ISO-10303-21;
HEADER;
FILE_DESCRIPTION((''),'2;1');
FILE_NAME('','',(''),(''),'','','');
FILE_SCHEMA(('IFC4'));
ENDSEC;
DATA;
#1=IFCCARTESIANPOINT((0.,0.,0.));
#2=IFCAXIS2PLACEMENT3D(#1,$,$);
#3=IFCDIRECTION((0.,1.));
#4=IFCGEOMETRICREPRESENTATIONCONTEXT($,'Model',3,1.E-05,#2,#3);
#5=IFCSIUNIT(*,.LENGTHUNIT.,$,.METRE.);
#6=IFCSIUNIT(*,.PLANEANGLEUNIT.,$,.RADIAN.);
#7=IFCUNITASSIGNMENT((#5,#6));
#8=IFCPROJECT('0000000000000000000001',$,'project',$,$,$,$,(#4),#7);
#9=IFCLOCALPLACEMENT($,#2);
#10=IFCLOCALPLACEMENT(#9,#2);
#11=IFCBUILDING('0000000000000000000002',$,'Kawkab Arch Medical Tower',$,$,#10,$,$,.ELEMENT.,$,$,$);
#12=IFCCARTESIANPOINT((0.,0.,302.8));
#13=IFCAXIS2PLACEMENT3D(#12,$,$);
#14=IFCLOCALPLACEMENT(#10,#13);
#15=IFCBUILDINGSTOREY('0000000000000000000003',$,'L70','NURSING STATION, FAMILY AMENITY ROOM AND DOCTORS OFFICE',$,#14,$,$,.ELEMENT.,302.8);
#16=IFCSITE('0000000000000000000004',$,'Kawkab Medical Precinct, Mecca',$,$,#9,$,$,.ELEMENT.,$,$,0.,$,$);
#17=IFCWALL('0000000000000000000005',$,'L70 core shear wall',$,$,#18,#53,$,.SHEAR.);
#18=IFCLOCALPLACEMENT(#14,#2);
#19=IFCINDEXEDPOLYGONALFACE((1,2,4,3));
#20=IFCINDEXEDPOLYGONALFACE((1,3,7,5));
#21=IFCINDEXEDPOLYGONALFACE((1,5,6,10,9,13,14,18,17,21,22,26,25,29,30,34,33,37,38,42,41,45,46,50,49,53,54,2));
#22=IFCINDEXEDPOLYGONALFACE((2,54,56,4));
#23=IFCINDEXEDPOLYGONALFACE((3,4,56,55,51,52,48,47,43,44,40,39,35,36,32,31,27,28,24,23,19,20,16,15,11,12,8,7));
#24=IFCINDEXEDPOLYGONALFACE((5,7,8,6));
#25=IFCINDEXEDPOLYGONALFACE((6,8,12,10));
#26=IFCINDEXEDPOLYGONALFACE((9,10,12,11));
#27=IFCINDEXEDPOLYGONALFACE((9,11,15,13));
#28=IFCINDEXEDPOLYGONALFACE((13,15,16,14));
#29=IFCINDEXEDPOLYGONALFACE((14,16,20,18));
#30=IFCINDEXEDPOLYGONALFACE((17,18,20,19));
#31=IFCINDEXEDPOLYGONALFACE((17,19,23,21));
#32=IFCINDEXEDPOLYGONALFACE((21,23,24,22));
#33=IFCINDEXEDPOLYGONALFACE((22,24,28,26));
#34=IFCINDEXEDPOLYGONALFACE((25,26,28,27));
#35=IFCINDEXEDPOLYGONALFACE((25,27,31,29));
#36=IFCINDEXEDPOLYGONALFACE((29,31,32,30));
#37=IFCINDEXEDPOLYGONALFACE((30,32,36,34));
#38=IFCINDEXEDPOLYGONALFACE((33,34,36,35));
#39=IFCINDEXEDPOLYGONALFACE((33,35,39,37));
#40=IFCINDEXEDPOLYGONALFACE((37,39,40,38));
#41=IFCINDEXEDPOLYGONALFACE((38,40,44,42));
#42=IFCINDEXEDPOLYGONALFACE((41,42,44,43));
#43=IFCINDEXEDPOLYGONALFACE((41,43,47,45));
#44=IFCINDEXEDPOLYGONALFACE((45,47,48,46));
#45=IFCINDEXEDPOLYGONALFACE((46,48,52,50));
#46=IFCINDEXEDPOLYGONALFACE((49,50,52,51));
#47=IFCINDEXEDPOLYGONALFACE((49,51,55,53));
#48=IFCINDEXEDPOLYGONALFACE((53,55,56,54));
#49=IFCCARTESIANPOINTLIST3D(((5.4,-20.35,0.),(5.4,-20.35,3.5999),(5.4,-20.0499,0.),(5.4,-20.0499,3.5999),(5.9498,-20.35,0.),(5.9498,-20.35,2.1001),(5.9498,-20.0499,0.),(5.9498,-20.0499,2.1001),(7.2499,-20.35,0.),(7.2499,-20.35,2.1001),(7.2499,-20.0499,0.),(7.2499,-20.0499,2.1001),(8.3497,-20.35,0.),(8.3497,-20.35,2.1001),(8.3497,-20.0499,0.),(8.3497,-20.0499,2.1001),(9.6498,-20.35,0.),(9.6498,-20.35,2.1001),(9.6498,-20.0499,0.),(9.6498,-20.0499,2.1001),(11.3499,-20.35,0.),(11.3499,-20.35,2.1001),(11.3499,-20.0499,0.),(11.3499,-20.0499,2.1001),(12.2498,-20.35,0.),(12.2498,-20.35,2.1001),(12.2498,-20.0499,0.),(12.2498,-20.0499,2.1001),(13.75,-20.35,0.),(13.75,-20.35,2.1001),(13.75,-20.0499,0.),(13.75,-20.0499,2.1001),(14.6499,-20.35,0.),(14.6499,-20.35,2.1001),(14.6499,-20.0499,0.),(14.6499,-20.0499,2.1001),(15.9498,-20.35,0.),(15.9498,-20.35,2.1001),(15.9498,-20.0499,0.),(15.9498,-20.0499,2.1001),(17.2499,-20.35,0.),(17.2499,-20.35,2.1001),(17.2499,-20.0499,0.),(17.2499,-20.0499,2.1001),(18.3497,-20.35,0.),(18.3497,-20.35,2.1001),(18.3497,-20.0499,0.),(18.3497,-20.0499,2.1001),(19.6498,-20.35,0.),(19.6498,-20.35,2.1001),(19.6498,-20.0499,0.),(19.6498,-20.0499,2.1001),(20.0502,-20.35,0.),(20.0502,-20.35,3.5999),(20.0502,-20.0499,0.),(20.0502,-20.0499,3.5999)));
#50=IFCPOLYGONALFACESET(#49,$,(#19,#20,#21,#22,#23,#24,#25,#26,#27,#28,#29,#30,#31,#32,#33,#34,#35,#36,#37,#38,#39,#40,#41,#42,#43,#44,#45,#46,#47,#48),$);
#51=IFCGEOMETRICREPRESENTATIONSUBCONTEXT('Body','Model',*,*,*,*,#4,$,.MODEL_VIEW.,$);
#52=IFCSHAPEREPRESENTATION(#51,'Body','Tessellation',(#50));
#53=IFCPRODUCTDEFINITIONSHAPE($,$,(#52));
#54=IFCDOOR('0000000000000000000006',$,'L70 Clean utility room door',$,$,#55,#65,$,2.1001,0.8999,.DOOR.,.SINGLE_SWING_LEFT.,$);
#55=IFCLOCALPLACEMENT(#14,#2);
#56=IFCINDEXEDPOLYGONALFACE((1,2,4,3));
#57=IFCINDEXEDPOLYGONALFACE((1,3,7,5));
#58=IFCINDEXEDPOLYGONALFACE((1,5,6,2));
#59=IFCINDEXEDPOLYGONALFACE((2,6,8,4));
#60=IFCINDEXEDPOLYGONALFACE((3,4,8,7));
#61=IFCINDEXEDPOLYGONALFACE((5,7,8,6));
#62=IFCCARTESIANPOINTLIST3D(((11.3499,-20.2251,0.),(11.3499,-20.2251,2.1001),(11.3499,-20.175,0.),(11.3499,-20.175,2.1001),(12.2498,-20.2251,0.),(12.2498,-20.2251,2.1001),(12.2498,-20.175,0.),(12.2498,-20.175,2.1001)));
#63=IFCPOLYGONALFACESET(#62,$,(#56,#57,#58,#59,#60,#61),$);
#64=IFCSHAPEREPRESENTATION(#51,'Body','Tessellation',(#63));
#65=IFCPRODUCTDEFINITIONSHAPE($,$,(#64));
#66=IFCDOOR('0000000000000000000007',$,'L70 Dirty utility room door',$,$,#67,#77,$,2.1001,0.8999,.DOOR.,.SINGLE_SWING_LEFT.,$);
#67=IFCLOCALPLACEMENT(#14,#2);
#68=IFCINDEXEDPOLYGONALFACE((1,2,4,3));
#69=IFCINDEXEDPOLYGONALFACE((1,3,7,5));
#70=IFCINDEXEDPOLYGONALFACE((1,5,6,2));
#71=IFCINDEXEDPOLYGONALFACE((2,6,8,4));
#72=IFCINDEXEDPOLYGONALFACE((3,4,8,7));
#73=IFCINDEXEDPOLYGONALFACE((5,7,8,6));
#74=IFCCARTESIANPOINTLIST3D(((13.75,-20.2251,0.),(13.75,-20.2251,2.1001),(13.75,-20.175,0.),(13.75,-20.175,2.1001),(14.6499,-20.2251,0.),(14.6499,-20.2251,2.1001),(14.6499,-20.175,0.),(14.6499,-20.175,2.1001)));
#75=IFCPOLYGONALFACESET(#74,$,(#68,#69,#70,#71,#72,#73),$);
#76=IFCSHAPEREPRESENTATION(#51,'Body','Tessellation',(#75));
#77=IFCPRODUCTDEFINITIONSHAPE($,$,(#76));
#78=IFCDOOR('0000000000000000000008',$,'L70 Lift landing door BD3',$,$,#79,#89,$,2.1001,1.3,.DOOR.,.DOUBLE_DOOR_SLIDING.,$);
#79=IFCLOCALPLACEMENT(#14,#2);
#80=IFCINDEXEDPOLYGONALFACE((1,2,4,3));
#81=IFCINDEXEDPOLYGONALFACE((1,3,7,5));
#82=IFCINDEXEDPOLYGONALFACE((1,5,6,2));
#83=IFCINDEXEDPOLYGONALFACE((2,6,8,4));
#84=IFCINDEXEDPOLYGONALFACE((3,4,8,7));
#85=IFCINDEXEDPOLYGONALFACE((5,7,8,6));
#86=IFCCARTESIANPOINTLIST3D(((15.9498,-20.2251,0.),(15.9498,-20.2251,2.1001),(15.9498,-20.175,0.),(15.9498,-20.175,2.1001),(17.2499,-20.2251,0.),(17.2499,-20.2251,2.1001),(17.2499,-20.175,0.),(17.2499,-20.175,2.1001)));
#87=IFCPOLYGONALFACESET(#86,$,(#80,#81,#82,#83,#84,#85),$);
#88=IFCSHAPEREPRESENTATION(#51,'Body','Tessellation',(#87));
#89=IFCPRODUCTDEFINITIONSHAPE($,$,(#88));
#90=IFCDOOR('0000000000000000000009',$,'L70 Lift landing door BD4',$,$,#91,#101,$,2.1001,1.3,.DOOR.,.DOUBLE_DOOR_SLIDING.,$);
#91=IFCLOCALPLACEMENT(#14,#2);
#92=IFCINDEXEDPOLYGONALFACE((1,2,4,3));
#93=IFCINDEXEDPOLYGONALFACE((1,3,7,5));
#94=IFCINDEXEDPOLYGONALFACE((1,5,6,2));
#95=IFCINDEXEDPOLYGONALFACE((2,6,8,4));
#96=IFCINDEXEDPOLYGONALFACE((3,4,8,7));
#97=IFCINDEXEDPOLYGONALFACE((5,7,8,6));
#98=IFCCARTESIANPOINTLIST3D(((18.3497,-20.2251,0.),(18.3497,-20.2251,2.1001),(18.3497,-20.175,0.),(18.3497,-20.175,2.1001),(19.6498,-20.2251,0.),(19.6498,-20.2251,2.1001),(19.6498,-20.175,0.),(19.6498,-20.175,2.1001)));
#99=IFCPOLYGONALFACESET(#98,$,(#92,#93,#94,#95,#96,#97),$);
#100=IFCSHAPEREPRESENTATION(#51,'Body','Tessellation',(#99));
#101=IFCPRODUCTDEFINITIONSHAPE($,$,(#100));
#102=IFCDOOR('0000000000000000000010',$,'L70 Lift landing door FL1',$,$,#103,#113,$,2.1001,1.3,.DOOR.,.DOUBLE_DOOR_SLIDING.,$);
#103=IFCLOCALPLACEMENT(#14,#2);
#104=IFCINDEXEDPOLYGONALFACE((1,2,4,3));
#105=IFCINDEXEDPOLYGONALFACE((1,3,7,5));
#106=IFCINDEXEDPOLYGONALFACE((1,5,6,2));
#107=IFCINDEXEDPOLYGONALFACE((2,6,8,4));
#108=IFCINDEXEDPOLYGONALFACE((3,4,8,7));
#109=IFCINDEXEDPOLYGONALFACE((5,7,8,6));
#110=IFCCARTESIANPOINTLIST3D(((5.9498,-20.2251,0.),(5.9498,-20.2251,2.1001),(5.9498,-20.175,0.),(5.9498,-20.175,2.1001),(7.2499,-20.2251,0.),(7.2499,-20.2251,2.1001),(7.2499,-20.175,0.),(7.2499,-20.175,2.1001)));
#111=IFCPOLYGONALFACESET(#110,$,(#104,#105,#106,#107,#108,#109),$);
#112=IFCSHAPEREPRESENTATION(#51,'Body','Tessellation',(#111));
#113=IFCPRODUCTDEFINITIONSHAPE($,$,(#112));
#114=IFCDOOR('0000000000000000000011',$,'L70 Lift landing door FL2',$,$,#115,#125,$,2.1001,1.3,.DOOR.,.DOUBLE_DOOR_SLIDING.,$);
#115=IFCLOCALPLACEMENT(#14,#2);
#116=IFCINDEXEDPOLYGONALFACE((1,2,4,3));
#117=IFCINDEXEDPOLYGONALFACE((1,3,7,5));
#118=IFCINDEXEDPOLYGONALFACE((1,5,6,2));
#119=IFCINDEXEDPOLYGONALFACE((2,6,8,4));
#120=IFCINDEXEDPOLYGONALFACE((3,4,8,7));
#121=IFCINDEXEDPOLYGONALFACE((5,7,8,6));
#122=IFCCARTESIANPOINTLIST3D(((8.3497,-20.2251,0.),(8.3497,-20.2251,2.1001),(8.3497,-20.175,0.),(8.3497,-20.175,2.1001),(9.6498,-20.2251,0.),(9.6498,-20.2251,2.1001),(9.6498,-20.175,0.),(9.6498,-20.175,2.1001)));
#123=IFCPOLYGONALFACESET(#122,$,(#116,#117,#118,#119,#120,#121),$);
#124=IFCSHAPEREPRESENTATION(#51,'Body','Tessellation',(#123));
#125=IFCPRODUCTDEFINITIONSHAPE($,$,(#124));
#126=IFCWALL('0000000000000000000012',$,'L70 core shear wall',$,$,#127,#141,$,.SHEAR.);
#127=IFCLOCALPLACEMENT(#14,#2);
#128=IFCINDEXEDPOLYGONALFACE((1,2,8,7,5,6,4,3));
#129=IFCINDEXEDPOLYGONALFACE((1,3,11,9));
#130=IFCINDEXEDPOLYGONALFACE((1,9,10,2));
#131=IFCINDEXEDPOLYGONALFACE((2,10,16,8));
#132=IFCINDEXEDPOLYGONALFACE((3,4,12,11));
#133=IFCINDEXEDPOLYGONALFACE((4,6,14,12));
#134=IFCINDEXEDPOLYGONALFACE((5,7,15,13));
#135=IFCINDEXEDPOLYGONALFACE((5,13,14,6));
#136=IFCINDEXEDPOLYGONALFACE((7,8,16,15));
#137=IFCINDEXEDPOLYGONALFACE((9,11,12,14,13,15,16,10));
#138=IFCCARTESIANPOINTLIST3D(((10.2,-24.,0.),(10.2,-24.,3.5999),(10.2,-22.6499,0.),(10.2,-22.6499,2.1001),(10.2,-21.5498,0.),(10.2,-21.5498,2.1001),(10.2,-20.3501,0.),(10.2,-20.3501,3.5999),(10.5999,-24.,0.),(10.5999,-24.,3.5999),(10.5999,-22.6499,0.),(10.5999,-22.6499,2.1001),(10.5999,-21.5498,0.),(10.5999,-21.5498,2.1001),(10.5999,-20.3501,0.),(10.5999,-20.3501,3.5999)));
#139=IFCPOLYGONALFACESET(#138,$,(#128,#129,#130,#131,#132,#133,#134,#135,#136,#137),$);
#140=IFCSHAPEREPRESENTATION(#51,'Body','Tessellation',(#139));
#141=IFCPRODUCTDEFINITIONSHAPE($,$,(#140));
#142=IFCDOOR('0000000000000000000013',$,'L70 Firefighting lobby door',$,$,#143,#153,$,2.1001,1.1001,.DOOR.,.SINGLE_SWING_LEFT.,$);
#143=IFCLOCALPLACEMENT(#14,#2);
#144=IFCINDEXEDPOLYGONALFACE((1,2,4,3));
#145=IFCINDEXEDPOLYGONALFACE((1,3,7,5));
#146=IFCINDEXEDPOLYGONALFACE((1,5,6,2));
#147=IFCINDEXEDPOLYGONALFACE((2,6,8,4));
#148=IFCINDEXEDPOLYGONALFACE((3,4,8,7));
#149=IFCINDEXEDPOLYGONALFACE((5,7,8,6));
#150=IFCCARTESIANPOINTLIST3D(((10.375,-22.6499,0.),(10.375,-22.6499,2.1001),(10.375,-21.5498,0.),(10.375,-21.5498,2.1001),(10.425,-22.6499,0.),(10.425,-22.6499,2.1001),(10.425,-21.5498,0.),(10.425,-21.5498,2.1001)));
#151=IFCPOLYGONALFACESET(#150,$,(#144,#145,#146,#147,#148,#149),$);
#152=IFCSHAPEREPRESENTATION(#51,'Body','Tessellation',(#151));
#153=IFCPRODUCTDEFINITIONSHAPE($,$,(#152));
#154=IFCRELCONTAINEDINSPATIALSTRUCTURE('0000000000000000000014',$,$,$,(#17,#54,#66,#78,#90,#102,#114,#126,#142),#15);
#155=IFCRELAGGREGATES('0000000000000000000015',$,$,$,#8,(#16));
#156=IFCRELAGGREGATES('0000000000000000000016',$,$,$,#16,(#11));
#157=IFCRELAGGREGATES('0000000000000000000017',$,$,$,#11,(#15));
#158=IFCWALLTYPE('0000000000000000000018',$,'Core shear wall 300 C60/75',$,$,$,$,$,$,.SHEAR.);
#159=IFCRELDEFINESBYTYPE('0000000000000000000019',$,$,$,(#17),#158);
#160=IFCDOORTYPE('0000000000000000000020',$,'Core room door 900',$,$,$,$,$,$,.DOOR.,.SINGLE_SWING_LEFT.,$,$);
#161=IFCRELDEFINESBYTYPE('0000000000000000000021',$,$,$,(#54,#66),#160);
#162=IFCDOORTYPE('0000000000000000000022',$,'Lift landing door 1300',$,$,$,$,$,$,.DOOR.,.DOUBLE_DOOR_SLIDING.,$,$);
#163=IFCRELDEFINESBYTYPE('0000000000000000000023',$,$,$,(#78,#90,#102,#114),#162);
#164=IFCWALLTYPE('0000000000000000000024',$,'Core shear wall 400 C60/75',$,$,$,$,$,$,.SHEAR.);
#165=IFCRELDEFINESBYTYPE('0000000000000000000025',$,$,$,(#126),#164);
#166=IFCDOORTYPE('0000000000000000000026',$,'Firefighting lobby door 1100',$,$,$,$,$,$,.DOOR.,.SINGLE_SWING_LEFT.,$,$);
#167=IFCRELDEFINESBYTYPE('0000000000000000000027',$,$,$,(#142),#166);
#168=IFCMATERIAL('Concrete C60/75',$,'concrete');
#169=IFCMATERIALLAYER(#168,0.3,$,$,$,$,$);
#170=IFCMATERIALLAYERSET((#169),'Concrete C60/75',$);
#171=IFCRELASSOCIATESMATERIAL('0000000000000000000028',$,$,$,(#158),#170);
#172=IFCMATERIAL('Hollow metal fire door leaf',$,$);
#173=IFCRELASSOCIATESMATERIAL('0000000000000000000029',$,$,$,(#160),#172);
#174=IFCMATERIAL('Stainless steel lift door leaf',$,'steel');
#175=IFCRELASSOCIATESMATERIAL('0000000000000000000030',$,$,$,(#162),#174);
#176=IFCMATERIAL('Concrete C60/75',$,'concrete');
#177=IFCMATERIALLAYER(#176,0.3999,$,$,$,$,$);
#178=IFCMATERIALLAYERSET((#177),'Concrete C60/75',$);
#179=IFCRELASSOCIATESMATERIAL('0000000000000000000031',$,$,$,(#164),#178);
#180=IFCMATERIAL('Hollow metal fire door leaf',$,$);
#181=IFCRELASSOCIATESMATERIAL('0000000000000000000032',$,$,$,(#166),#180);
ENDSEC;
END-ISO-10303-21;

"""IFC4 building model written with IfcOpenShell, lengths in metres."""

from ifc_helpers import new_model, si_unit, direction, frame, frame_2d, origin, place, context, subcontext, project, spatial, rectangle, extrude, material, layer, layer_set, type_object, element, fill, save


model = new_model("IFC4")

# Units and contexts
model_context = context("Model", 3, precision=1e-05, world=origin(), true_north=direction((0.0, 1.0)))
body_context = subcontext(model_context, "Body", "Model", "MODEL_VIEW")
ifc_project = project(units=[si_unit("LENGTHUNIT", "METRE"), si_unit("PLANEANGLEUNIT", "RADIAN")], contexts=[model_context])

# Site, building, storey
site_placement = place(None, origin())
site = spatial("IfcSite", under=ifc_project, at=site_placement, Name="Kawkab Medical Precinct, Mecca", CompositionType="ELEMENT", RefElevation=0.0)
building_placement = place(site_placement, origin())
building = spatial("IfcBuilding", under=site, at=building_placement, Name="Kawkab Arch Medical Tower", CompositionType="ELEMENT")
storey_placement = place(building_placement, frame((0.0, 0.0, 302.8)))
storey = spatial("IfcBuildingStorey", under=building, at=storey_placement, Name="L70", Description="NURSING STATION, FAMILY AMENITY ROOM AND DOCTORS OFFICE", CompositionType="ELEMENT", Elevation=302.8)

# Wall, openings, doors
ifc_material_1 = material(Name="Concrete C60/75", Category="concrete")
ifc_layer_1 = layer(ifc_material_1, 0.3)
ifc_layer_set_1 = layer_set([ifc_layer_1], Name="Concrete C60/75")
wall_type_1 = type_object("IfcWallType", Name="Core shear wall 300 C60/75", PredefinedType="SHEAR", material=ifc_layer_set_1)
wall_1_placement = place(storey_placement, frame((5.3999, -20.2, 0.0), z_axis=(0.0, 0.0, 1.0), x_axis=(1.0, 0.0, 0.0)))
wall_1 = element("IfcWall", 1, at=wall_1_placement, inside=storey, type_object=wall_type_1, Name="L70 core shear wall", PredefinedType="SHEAR", context=body_context, shape_type="SweptSolid", body=[
    extrude(rectangle(XDim=14.6501, YDim=0.3, at=frame_2d((7.3252, 0.0))), origin(), (0.0, 0.0, 1.0), 3.5999),
])
opening_1_placement = place(wall_1_placement, frame((10.55, 0.0, 0.0)))
opening_1 = element("IfcOpeningElement", 2, at=opening_1_placement, cuts=wall_1, PredefinedType="OPENING", context=body_context, shape_type="SweptSolid", body=[
    extrude(rectangle(XDim=1.3, YDim=2.1001, at=frame_2d((0.6499, 1.05))), frame((0.0, 0.1599, 0.0), z_axis=(0.0, -1.0, 0.0), x_axis=(1.0, 0.0, 0.0)), (0.0, 0.0, 1.0), 0.3201),
])
opening_2_placement = place(wall_1_placement, frame((12.95, 0.0, 0.0)))
opening_2 = element("IfcOpeningElement", 3, at=opening_2_placement, cuts=wall_1, PredefinedType="OPENING", context=body_context, shape_type="SweptSolid", body=[
    extrude(rectangle(XDim=1.3, YDim=2.1001, at=frame_2d((0.6499, 1.05))), frame((0.0, 0.1599, 0.0), z_axis=(0.0, -1.0, 0.0), x_axis=(1.0, 0.0, 0.0)), (0.0, 0.0, 1.0), 0.3201),
])
opening_3_placement = place(wall_1_placement, frame((0.55, 0.0, 0.0)))
opening_3 = element("IfcOpeningElement", 4, at=opening_3_placement, cuts=wall_1, PredefinedType="OPENING", context=body_context, shape_type="SweptSolid", body=[
    extrude(rectangle(XDim=1.3, YDim=2.1001, at=frame_2d((0.6499, 1.05))), frame((0.0, 0.1599, 0.0), z_axis=(0.0, -1.0, 0.0), x_axis=(1.0, 0.0, 0.0)), (0.0, 0.0, 1.0), 0.3201),
])
opening_4_placement = place(wall_1_placement, frame((2.95, 0.0, 0.0)))
opening_4 = element("IfcOpeningElement", 5, at=opening_4_placement, cuts=wall_1, PredefinedType="OPENING", context=body_context, shape_type="SweptSolid", body=[
    extrude(rectangle(XDim=1.3, YDim=2.1001, at=frame_2d((0.6499, 1.05))), frame((0.0, 0.1599, 0.0), z_axis=(0.0, -1.0, 0.0), x_axis=(1.0, 0.0, 0.0)), (0.0, 0.0, 1.0), 0.3201),
])
opening_5_placement = place(wall_1_placement, frame((5.95, 0.0, 0.0)))
opening_5 = element("IfcOpeningElement", 6, at=opening_5_placement, cuts=wall_1, PredefinedType="OPENING", context=body_context, shape_type="SweptSolid", body=[
    extrude(rectangle(XDim=0.8999, YDim=2.1001, at=frame_2d((0.45, 1.05))), frame((0.0, 0.1599, 0.0), z_axis=(0.0, -1.0, 0.0), x_axis=(1.0, 0.0, 0.0)), (0.0, 0.0, 1.0), 0.3201),
])
opening_6_placement = place(wall_1_placement, frame((8.3501, 0.0, 0.0)))
opening_6 = element("IfcOpeningElement", 7, at=opening_6_placement, cuts=wall_1, PredefinedType="OPENING", context=body_context, shape_type="SweptSolid", body=[
    extrude(rectangle(XDim=0.8999, YDim=2.1001, at=frame_2d((0.45, 1.05))), frame((0.0, 0.1599, 0.0), z_axis=(0.0, -1.0, 0.0), x_axis=(1.0, 0.0, 0.0)), (0.0, 0.0, 1.0), 0.3201),
])
ifc_material_2 = material(Name="Hollow metal fire door leaf")
door_type_1 = type_object("IfcDoorType", Name="Core room door 900", OperationType="SINGLE_SWING_LEFT", PredefinedType="DOOR", material=ifc_material_2)
door_1_placement = place(opening_5_placement, origin())
door_1 = element("IfcDoor", 8, at=door_1_placement, inside=storey, type_object=door_type_1, Name="L70 Clean utility room door", OperationType="SINGLE_SWING_LEFT", OverallHeight=2.1001, OverallWidth=0.8999, PredefinedType="DOOR", context=body_context, shape_type="SweptSolid", body=[
    extrude(rectangle(XDim=0.8999, YDim=2.1001, at=frame_2d((0.45, 1.05))), frame((0.0, 0.0249, 0.0), z_axis=(0.0, -1.0, 0.0), x_axis=(1.0, 0.0, 0.0)), (0.0, 0.0, 1.0), 0.05),
])
fill(opening_5, door_1)
door_2_placement = place(opening_6_placement, origin())
door_2 = element("IfcDoor", 9, at=door_2_placement, inside=storey, type_object=door_type_1, Name="L70 Dirty utility room door", OperationType="SINGLE_SWING_LEFT", OverallHeight=2.1001, OverallWidth=0.8999, PredefinedType="DOOR", context=body_context, shape_type="SweptSolid", body=[
    extrude(rectangle(XDim=0.8999, YDim=2.1001, at=frame_2d((0.45, 1.05))), frame((0.0, 0.0249, 0.0), z_axis=(0.0, -1.0, 0.0), x_axis=(1.0, 0.0, 0.0)), (0.0, 0.0, 1.0), 0.05),
])
fill(opening_6, door_2)
ifc_material_3 = material(Name="Stainless steel lift door leaf", Category="steel")
door_type_2 = type_object("IfcDoorType", Name="Lift landing door 1300", OperationType="DOUBLE_DOOR_SLIDING", PredefinedType="DOOR", material=ifc_material_3)
door_3_placement = place(opening_1_placement, origin())
door_3 = element("IfcDoor", 10, at=door_3_placement, inside=storey, type_object=door_type_2, Name="L70 Lift landing door BD3", OperationType="DOUBLE_DOOR_SLIDING", OverallHeight=2.1001, OverallWidth=1.3, PredefinedType="DOOR", context=body_context, shape_type="SweptSolid", body=[
    extrude(rectangle(XDim=1.3, YDim=2.1001, at=frame_2d((0.6499, 1.05))), frame((0.0, 0.0249, 0.0), z_axis=(0.0, -1.0, 0.0), x_axis=(1.0, 0.0, 0.0)), (0.0, 0.0, 1.0), 0.05),
])
fill(opening_1, door_3)
door_4_placement = place(opening_2_placement, origin())
door_4 = element("IfcDoor", 11, at=door_4_placement, inside=storey, type_object=door_type_2, Name="L70 Lift landing door BD4", OperationType="DOUBLE_DOOR_SLIDING", OverallHeight=2.1001, OverallWidth=1.3, PredefinedType="DOOR", context=body_context, shape_type="SweptSolid", body=[
    extrude(rectangle(XDim=1.3, YDim=2.1001, at=frame_2d((0.6499, 1.05))), frame((0.0, 0.0249, 0.0), z_axis=(0.0, -1.0, 0.0), x_axis=(1.0, 0.0, 0.0)), (0.0, 0.0, 1.0), 0.05),
])
fill(opening_2, door_4)
door_5_placement = place(opening_3_placement, origin())
door_5 = element("IfcDoor", 12, at=door_5_placement, inside=storey, type_object=door_type_2, Name="L70 Lift landing door FL1", OperationType="DOUBLE_DOOR_SLIDING", OverallHeight=2.1001, OverallWidth=1.3, PredefinedType="DOOR", context=body_context, shape_type="SweptSolid", body=[
    extrude(rectangle(XDim=1.3, YDim=2.1001, at=frame_2d((0.6499, 1.05))), frame((0.0, 0.0249, 0.0), z_axis=(0.0, -1.0, 0.0), x_axis=(1.0, 0.0, 0.0)), (0.0, 0.0, 1.0), 0.05),
])
fill(opening_3, door_5)
door_6_placement = place(opening_4_placement, origin())
door_6 = element("IfcDoor", 13, at=door_6_placement, inside=storey, type_object=door_type_2, Name="L70 Lift landing door FL2", OperationType="DOUBLE_DOOR_SLIDING", OverallHeight=2.1001, OverallWidth=1.3, PredefinedType="DOOR", context=body_context, shape_type="SweptSolid", body=[
    extrude(rectangle(XDim=1.3, YDim=2.1001, at=frame_2d((0.6499, 1.05))), frame((0.0, 0.0249, 0.0), z_axis=(0.0, -1.0, 0.0), x_axis=(1.0, 0.0, 0.0)), (0.0, 0.0, 1.0), 0.05),
])
fill(opening_4, door_6)

# Wall, opening, door
ifc_material_4 = material(Name="Concrete C60/75", Category="concrete")
ifc_layer_2 = layer(ifc_material_4, 0.3999)
ifc_layer_set_2 = layer_set([ifc_layer_2], Name="Concrete C60/75")
wall_type_2 = type_object("IfcWallType", Name="Core shear wall 400 C60/75", PredefinedType="SHEAR", material=ifc_layer_set_2)
wall_2_placement = place(storey_placement, frame((10.3999, -24.0, 0.0), z_axis=(0.0, 0.0, 1.0), x_axis=(0.0, 1.0, 0.0)))
wall_2 = element("IfcWall", 14, at=wall_2_placement, inside=storey, type_object=wall_type_2, Name="L70 core shear wall", PredefinedType="SHEAR", context=body_context, shape_type="SweptSolid", body=[
    extrude(rectangle(XDim=3.6499, YDim=0.3999, at=frame_2d((1.825, 0.0))), origin(), (0.0, 0.0, 1.0), 3.5999),
])
opening_7_placement = place(wall_2_placement, frame((1.3501, 0.0, 0.0)))
opening_7 = element("IfcOpeningElement", 15, at=opening_7_placement, cuts=wall_2, PredefinedType="OPENING", context=body_context, shape_type="SweptSolid", body=[
    extrude(rectangle(XDim=1.1001, YDim=2.1001, at=frame_2d((0.55, 1.05))), frame((0.0, 0.21, 0.0), z_axis=(0.0, -1.0, 0.0), x_axis=(1.0, 0.0, 0.0)), (0.0, 0.0, 1.0), 0.4199),
])
ifc_material_5 = material(Name="Hollow metal fire door leaf")
door_type_3 = type_object("IfcDoorType", Name="Firefighting lobby door 1100", OperationType="SINGLE_SWING_LEFT", PredefinedType="DOOR", material=ifc_material_5)
door_7_placement = place(opening_7_placement, origin())
door_7 = element("IfcDoor", 16, at=door_7_placement, inside=storey, type_object=door_type_3, Name="L70 Firefighting lobby door", OperationType="SINGLE_SWING_LEFT", OverallHeight=2.1001, OverallWidth=1.1001, PredefinedType="DOOR", context=body_context, shape_type="SweptSolid", body=[
    extrude(rectangle(XDim=1.1001, YDim=2.1001, at=frame_2d((0.55, 1.05))), frame((0.0, 0.0249, 0.0), z_axis=(0.0, -1.0, 0.0), x_axis=(1.0, 0.0, 0.0)), (0.0, 0.0, 1.0), 0.05),
])
fill(opening_7, door_7)

save(model, "model.ifc")
